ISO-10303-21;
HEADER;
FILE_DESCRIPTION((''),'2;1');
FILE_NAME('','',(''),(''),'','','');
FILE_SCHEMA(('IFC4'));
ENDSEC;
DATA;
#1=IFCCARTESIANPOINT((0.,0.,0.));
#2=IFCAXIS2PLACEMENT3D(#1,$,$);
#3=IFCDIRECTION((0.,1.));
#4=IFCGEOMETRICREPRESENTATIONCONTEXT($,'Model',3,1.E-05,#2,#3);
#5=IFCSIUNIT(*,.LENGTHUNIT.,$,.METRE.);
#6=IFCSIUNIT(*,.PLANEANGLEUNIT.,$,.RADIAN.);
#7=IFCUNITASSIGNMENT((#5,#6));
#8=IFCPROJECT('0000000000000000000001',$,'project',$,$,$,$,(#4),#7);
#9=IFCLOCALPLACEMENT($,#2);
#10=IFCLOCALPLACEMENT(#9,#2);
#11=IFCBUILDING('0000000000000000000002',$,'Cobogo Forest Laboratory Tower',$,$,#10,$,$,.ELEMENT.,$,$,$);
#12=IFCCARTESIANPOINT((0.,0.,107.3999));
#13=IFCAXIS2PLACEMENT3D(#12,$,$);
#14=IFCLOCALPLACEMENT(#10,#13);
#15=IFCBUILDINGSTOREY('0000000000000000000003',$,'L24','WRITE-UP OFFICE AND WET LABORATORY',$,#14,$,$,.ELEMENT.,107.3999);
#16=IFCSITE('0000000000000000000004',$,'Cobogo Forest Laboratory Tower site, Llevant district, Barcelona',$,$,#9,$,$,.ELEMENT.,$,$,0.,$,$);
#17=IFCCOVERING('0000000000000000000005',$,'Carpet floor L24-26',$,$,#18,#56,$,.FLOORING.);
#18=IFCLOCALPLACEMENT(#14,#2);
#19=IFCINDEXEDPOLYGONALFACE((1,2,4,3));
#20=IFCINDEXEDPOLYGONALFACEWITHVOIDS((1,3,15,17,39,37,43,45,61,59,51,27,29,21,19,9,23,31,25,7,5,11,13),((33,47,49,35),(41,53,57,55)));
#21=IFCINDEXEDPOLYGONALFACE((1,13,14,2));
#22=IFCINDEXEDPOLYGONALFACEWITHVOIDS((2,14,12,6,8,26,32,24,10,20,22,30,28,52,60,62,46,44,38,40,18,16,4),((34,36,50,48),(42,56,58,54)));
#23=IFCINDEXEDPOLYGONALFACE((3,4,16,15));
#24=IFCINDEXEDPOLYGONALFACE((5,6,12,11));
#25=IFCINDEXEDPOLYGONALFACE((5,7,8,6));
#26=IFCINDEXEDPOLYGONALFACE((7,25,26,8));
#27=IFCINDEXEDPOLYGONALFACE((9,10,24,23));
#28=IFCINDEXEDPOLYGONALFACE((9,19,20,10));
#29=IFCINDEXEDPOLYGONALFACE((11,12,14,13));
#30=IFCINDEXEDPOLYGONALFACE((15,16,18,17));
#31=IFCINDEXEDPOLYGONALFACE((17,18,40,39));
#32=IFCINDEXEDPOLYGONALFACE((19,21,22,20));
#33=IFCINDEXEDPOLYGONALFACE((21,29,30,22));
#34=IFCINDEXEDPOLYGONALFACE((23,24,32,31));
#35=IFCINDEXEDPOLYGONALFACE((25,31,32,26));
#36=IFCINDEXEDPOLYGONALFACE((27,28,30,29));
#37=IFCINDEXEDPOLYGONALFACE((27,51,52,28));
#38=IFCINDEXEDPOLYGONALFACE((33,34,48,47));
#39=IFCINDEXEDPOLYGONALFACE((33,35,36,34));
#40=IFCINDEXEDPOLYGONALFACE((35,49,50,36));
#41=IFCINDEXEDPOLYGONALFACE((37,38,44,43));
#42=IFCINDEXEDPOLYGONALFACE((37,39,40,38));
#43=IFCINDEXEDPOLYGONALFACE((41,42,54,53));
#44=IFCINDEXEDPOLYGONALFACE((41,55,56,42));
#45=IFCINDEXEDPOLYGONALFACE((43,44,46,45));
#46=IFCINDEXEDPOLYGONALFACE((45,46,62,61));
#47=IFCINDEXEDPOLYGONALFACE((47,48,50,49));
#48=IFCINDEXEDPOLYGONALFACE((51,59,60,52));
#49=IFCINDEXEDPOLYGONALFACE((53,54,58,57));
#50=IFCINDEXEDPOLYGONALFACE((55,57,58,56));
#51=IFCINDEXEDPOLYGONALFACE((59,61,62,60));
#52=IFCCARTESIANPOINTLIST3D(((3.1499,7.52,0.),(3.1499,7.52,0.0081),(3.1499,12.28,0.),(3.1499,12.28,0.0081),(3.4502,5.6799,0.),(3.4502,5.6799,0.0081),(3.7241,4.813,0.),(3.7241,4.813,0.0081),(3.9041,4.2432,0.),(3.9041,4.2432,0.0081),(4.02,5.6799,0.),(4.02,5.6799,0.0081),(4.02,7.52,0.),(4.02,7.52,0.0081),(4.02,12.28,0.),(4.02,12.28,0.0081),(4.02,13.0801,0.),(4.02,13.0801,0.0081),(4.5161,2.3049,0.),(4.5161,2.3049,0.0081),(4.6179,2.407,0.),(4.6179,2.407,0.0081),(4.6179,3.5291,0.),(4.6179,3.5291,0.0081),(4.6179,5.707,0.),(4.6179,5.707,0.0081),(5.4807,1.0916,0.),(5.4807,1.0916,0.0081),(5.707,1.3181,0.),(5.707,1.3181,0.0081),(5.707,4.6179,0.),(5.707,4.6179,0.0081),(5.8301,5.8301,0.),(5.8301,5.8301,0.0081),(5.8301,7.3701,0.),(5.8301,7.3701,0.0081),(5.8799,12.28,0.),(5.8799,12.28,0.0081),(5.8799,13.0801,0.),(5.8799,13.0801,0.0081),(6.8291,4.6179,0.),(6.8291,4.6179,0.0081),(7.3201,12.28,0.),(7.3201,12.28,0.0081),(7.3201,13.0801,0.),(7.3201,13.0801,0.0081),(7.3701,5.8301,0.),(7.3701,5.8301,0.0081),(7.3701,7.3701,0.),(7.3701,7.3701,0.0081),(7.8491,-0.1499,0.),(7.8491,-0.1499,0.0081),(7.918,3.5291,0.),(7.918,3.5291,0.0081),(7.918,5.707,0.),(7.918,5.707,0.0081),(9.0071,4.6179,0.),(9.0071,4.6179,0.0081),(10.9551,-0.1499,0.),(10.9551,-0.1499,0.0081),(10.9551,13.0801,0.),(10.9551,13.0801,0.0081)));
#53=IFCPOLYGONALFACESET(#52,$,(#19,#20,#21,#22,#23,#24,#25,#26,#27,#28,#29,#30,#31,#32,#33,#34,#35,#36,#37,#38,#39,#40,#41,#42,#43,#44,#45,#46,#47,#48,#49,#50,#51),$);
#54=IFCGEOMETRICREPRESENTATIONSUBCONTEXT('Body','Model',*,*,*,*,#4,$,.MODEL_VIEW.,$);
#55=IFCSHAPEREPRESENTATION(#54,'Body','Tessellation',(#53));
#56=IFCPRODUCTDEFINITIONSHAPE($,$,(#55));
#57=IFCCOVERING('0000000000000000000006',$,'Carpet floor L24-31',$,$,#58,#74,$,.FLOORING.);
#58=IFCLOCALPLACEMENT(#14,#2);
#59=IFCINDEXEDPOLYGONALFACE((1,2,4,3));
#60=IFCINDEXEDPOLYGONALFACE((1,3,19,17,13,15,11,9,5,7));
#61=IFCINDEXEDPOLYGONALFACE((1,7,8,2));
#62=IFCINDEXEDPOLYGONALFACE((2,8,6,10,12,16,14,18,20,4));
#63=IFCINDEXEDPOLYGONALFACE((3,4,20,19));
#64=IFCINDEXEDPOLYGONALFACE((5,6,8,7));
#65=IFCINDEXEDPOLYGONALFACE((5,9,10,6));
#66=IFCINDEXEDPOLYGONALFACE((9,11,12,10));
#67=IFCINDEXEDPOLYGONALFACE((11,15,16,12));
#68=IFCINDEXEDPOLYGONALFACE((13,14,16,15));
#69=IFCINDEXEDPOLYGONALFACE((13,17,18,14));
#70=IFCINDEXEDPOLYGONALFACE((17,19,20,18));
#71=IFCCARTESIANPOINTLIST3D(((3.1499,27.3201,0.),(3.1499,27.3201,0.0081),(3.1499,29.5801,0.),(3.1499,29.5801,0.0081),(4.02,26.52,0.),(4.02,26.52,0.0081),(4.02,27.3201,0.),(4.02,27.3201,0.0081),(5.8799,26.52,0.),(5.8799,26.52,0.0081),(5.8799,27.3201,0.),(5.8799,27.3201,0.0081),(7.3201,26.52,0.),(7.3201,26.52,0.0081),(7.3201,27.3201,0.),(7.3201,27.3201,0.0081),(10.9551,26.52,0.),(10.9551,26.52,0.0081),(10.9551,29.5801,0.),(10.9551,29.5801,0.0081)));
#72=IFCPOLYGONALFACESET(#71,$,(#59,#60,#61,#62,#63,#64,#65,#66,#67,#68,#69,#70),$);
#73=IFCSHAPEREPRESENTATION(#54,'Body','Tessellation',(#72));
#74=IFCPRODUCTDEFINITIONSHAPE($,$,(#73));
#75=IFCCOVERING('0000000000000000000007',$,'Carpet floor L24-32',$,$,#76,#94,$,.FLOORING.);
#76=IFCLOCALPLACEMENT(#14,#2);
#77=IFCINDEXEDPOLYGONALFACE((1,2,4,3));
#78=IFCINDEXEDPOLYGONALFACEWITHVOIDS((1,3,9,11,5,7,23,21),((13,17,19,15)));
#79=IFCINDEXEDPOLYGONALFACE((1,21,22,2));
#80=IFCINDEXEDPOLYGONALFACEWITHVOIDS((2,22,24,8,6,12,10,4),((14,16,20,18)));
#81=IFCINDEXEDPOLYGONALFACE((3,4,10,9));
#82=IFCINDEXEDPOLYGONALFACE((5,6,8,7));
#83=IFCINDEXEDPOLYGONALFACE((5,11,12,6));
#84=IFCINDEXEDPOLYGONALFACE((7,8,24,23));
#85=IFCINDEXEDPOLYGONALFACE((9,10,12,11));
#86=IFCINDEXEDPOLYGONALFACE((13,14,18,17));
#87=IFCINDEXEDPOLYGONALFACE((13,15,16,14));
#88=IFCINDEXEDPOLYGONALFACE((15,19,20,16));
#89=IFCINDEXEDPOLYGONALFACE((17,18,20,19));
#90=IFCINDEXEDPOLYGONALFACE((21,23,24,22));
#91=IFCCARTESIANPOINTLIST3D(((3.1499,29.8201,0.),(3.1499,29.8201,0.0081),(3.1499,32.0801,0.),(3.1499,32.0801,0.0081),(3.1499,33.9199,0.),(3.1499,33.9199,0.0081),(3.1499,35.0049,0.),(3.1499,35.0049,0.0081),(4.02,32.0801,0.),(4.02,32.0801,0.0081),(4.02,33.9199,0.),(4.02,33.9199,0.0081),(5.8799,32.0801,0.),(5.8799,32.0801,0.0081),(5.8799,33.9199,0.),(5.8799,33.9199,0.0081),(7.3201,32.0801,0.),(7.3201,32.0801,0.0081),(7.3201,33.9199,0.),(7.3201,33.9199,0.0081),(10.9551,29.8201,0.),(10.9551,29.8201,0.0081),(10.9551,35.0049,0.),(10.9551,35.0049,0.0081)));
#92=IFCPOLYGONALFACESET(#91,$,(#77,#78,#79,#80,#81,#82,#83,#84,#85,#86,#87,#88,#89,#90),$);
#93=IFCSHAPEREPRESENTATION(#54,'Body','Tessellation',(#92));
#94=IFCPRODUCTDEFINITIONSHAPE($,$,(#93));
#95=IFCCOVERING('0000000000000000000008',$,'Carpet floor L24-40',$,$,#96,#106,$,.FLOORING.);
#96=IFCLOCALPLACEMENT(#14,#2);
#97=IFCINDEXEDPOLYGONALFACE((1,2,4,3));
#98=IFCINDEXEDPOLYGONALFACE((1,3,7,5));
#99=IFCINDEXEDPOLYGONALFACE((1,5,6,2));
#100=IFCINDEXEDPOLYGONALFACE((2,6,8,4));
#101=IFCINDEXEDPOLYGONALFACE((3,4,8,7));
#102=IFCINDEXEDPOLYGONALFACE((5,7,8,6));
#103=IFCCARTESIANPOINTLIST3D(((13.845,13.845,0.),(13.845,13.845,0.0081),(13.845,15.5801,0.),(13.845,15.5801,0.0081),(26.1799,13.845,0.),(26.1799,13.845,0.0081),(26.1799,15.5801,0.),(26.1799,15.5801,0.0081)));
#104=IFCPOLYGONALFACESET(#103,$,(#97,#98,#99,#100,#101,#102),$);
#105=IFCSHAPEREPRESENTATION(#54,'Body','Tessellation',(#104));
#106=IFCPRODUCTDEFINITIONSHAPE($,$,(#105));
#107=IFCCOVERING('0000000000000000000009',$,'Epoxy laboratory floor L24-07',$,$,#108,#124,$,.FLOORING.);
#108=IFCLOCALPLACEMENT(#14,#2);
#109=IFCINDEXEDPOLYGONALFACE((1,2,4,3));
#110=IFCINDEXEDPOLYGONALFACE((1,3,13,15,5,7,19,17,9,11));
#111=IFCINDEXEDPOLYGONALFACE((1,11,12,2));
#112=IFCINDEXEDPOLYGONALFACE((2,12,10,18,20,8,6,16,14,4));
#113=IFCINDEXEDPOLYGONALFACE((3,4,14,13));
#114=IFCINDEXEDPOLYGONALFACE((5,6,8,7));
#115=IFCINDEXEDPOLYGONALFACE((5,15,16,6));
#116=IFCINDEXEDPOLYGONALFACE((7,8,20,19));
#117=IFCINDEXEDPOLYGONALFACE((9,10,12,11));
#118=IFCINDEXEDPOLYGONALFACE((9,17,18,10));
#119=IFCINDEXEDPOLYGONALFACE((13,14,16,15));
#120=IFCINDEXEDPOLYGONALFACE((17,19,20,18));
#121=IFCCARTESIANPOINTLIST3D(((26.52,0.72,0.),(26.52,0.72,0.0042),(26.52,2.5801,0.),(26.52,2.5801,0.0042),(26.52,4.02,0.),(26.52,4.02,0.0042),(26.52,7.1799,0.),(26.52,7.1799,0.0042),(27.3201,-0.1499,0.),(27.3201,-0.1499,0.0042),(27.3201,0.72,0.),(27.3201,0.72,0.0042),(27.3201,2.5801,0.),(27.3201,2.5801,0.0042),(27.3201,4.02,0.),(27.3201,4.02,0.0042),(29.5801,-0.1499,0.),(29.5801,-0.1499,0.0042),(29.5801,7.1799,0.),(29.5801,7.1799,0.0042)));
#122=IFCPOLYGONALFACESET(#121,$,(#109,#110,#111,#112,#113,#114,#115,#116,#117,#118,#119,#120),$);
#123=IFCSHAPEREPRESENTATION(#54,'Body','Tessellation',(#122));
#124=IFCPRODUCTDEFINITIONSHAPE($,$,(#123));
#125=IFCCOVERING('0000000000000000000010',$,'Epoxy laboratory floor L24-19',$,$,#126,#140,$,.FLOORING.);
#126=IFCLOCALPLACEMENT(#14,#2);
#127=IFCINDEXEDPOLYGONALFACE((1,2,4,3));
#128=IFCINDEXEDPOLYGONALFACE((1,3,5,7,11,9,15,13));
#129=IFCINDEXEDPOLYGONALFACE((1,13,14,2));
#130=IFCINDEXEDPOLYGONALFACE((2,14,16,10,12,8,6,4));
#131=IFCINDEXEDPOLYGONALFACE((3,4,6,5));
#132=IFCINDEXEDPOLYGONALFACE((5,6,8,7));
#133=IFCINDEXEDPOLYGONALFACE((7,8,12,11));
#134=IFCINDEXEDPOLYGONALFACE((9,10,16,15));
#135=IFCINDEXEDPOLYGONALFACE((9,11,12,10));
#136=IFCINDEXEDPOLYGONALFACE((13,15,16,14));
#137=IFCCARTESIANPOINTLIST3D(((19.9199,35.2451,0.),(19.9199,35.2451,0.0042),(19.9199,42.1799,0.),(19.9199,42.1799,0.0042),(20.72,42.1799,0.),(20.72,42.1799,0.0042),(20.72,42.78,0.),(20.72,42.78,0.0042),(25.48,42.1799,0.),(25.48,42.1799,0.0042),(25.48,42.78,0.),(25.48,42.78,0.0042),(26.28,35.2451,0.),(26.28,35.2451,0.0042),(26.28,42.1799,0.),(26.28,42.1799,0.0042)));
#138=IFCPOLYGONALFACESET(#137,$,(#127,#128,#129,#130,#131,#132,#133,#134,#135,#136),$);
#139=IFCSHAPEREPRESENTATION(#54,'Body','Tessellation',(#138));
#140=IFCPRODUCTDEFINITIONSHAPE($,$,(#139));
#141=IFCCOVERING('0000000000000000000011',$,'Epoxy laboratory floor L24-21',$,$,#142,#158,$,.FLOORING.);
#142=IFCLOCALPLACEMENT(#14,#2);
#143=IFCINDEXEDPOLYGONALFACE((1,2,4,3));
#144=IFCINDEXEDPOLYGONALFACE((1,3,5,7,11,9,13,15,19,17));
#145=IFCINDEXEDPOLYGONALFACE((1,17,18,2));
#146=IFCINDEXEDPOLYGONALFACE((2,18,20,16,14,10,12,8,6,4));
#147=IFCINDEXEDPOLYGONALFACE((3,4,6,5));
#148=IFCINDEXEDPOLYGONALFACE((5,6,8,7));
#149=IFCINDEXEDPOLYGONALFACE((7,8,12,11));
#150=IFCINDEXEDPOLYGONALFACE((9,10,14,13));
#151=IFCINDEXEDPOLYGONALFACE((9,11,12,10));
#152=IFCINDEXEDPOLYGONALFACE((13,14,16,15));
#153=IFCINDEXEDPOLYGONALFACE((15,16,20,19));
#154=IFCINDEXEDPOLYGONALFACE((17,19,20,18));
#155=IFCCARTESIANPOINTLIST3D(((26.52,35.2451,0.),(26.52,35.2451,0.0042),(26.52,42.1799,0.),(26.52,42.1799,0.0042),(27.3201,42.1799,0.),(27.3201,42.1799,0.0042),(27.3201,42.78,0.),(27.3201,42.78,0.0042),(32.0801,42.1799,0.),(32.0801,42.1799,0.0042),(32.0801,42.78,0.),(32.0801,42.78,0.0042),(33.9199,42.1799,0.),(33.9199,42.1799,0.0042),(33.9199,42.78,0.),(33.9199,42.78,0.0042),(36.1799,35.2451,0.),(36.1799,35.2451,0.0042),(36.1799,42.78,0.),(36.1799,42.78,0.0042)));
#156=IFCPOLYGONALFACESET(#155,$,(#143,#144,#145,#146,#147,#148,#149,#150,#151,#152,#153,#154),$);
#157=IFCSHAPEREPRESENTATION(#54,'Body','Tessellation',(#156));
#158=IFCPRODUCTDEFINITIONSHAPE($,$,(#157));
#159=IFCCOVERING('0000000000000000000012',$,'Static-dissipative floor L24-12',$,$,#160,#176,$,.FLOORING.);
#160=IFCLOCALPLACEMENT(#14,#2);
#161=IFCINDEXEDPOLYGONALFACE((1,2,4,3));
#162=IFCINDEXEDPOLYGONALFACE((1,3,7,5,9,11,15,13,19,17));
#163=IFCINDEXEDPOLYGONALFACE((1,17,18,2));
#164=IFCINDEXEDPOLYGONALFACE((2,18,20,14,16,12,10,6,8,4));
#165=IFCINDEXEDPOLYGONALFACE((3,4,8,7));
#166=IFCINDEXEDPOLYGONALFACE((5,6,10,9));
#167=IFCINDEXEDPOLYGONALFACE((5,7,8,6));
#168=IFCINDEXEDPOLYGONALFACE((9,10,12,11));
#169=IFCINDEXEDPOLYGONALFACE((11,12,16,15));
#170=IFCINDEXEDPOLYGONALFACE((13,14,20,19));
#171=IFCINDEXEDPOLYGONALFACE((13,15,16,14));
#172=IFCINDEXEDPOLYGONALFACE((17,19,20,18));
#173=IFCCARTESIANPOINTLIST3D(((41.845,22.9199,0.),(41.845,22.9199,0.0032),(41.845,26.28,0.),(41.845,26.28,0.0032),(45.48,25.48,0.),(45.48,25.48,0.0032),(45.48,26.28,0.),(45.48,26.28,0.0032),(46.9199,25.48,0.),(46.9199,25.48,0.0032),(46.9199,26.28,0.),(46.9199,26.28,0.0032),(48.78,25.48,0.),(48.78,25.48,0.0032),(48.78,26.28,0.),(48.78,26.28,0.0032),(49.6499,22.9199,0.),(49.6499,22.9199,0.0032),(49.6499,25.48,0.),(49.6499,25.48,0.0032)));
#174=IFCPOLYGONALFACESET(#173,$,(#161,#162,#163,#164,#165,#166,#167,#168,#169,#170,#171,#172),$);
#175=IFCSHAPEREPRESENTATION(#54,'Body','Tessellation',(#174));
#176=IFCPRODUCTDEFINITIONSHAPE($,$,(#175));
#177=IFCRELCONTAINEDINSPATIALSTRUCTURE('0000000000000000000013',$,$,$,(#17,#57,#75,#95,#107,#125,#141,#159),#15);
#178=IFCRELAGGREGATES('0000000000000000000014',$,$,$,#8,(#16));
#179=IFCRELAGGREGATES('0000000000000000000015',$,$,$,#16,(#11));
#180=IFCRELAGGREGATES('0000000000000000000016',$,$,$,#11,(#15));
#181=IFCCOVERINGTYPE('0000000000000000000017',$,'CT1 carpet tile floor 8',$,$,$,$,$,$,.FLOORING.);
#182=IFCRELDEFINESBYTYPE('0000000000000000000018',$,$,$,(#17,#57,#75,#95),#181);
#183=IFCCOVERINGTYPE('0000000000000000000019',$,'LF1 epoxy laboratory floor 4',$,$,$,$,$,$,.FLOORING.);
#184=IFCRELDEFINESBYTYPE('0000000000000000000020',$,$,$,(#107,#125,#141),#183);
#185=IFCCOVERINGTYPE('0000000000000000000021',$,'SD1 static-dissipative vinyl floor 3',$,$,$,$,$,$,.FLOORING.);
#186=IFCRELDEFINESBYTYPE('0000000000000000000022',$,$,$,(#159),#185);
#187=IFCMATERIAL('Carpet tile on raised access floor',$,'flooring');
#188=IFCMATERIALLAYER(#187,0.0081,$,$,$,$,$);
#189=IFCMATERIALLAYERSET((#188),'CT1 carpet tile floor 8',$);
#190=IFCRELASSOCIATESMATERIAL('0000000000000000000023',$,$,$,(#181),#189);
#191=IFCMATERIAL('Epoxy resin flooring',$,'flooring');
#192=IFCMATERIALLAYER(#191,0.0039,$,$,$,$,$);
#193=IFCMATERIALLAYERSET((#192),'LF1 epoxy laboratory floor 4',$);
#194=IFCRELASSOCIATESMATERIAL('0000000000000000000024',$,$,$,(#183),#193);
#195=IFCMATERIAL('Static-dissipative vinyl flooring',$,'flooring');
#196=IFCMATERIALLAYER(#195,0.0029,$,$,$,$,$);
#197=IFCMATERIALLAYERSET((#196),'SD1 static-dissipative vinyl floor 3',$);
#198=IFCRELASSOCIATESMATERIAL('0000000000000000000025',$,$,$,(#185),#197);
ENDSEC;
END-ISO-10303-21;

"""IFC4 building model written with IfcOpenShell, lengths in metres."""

from ifc_helpers import new_model, si_unit, direction, frame, origin, place, context, subcontext, project, spatial, polyline, outline, extrude, material, layer, layer_set, type_object, element, save


model = new_model("IFC4")

# Units and contexts
model_context = context("Model", 3, precision=1e-05, world=origin(), true_north=direction((0.0, 1.0)))
body_context = subcontext(model_context, "Body", "Model", "MODEL_VIEW")
ifc_project = project(units=[si_unit("LENGTHUNIT", "METRE"), si_unit("PLANEANGLEUNIT", "RADIAN")], contexts=[model_context])

# Site, building, storey
site_placement = place(None, origin())
site = spatial("IfcSite", under=ifc_project, at=site_placement, Name="Cobogo Forest Laboratory Tower site, Llevant district, Barcelona", CompositionType="ELEMENT", RefElevation=0.0)
building_placement = place(site_placement, origin())
building = spatial("IfcBuilding", under=site, at=building_placement, Name="Cobogo Forest Laboratory Tower", CompositionType="ELEMENT")
storey_placement = place(building_placement, frame((0.0, 0.0, 107.3999)))
storey = spatial("IfcBuildingStorey", under=building, at=storey_placement, Name="L24", Description="WRITE-UP OFFICE AND WET LABORATORY", CompositionType="ELEMENT", Elevation=107.3999)

# Coverings
ifc_material_1 = material(Name="Carpet tile on raised access floor", Category="flooring")
ifc_layer_1 = layer(ifc_material_1, 0.0081)
ifc_layer_set_1 = layer_set([ifc_layer_1], Name="CT1 carpet tile floor 8")
covering_type_1 = type_object("IfcCoveringType", Name="CT1 carpet tile floor 8", PredefinedType="FLOORING", material=ifc_layer_set_1)
covering_1_placement = place(storey_placement, origin())
element("IfcCovering", 1, at=covering_1_placement, inside=storey, type_object=covering_type_1, Name="Carpet floor L24-26", PredefinedType="FLOORING", context=body_context, shape_type="SweptSolid", body=[
    extrude(outline(polyline([(3.9041, 4.2432), (4.6179, 3.5291), (5.707, 4.6179), (4.6179, 5.707), (3.7241, 4.813), (3.4502, 5.6799), (4.02, 5.6799), (4.02, 7.52), (3.1499, 7.52), (3.1499, 12.28), (4.02, 12.28), (4.02, 13.0801), (5.8799, 13.0801), (5.8799, 12.28), (7.3201, 12.28), (7.3201, 13.0801), (10.9551, 13.0801), (10.9551, -0.1499), (7.8491, -0.1499), (5.4807, 1.0916), (5.707, 1.3181), (4.6179, 2.407), (4.5161, 2.3049), (3.9041, 4.2432)]), holes=[polyline([(6.8291, 4.6179), (7.918, 3.5291), (9.0071, 4.6179), (7.918, 5.707), (6.8291, 4.6179)]), polyline([(5.8301, 7.3701), (5.8301, 5.8301), (7.3701, 5.8301), (7.3701, 7.3701), (5.8301, 7.3701)])]), origin(), (0.0, 0.0, 1.0), 0.0081),
])
covering_2_placement = place(storey_placement, origin())
element("IfcCovering", 2, at=covering_2_placement, inside=storey, type_object=covering_type_1, Name="Carpet floor L24-31", PredefinedType="FLOORING", context=body_context, shape_type="SweptSolid", body=[
    extrude(outline(polyline([(10.9551, 26.52), (7.3201, 26.52), (7.3201, 27.3201), (5.8799, 27.3201), (5.8799, 26.52), (4.02, 26.52), (4.02, 27.3201), (3.1499, 27.3201), (3.1499, 29.5801), (10.9551, 29.5801), (10.9551, 26.52)])), origin(), (0.0, 0.0, 1.0), 0.0081),
])
covering_3_placement = place(storey_placement, origin())
element("IfcCovering", 3, at=covering_3_placement, inside=storey, type_object=covering_type_1, Name="Carpet floor L24-32", PredefinedType="FLOORING", context=body_context, shape_type="SweptSolid", body=[
    extrude(outline(polyline([(10.9551, 29.8201), (3.1499, 29.8201), (3.1499, 32.0801), (4.02, 32.0801), (4.02, 33.9199), (3.1499, 33.9199), (3.1499, 35.0049), (10.9551, 35.0049), (10.9551, 29.8201)]), holes=[polyline([(5.8799, 32.0801), (7.3201, 32.0801), (7.3201, 33.9199), (5.8799, 33.9199), (5.8799, 32.0801)])]), origin(), (0.0, 0.0, 1.0), 0.0081),
])
covering_4_placement = place(storey_placement, origin())
element("IfcCovering", 4, at=covering_4_placement, inside=storey, type_object=covering_type_1, Name="Carpet floor L24-40", PredefinedType="FLOORING", context=body_context, shape_type="SweptSolid", body=[
    extrude(outline(polyline([(26.1799, 13.845), (13.845, 13.845), (13.845, 15.5801), (26.1799, 15.5801), (26.1799, 13.845)])), origin(), (0.0, 0.0, 1.0), 0.0081),
])
ifc_material_2 = material(Name="Epoxy resin flooring", Category="flooring")
ifc_layer_2 = layer(ifc_material_2, 0.0039)
ifc_layer_set_2 = layer_set([ifc_layer_2], Name="LF1 epoxy laboratory floor 4")
covering_type_2 = type_object("IfcCoveringType", Name="LF1 epoxy laboratory floor 4", PredefinedType="FLOORING", material=ifc_layer_set_2)
covering_5_placement = place(storey_placement, origin())
element("IfcCovering", 5, at=covering_5_placement, inside=storey, type_object=covering_type_2, Name="Epoxy laboratory floor L24-07", PredefinedType="FLOORING", context=body_context, shape_type="SweptSolid", body=[
    extrude(outline(polyline([(29.5801, 7.1799), (29.5801, -0.1499), (27.3201, -0.1499), (27.3201, 0.72), (26.52, 0.72), (26.52, 2.5801), (27.3201, 2.5801), (27.3201, 4.02), (26.52, 4.02), (26.52, 7.1799), (29.5801, 7.1799)])), origin(), (0.0, 0.0, 1.0), 0.0042),
])
covering_6_placement = place(storey_placement, origin())
element("IfcCovering", 6, at=covering_6_placement, inside=storey, type_object=covering_type_2, Name="Epoxy laboratory floor L24-19", PredefinedType="FLOORING", context=body_context, shape_type="SweptSolid", body=[
    extrude(outline(polyline([(19.9199, 42.1799), (20.72, 42.1799), (20.72, 42.78), (25.48, 42.78), (25.48, 42.1799), (26.28, 42.1799), (26.28, 35.2451), (19.9199, 35.2451), (19.9199, 42.1799)])), origin(), (0.0, 0.0, 1.0), 0.0042),
])
covering_7_placement = place(storey_placement, origin())
element("IfcCovering", 7, at=covering_7_placement, inside=storey, type_object=covering_type_2, Name="Epoxy laboratory floor L24-21", PredefinedType="FLOORING", context=body_context, shape_type="SweptSolid", body=[
    extrude(outline(polyline([(26.52, 42.1799), (27.3201, 42.1799), (27.3201, 42.78), (32.0801, 42.78), (32.0801, 42.1799), (33.9199, 42.1799), (33.9199, 42.78), (36.1799, 42.78), (36.1799, 35.2451), (26.52, 35.2451), (26.52, 42.1799)])), origin(), (0.0, 0.0, 1.0), 0.0042),
])
ifc_material_3 = material(Name="Static-dissipative vinyl flooring", Category="flooring")
ifc_layer_3 = layer(ifc_material_3, 0.0029)
ifc_layer_set_3 = layer_set([ifc_layer_3], Name="SD1 static-dissipative vinyl floor 3")
covering_type_3 = type_object("IfcCoveringType", Name="SD1 static-dissipative vinyl floor 3", PredefinedType="FLOORING", material=ifc_layer_set_3)
covering_8_placement = place(storey_placement, origin())
element("IfcCovering", 8, at=covering_8_placement, inside=storey, type_object=covering_type_3, Name="Static-dissipative floor L24-12", PredefinedType="FLOORING", context=body_context, shape_type="SweptSolid", body=[
    extrude(outline(polyline([(41.845, 26.28), (45.48, 26.28), (45.48, 25.48), (46.9199, 25.48), (46.9199, 26.28), (48.78, 26.28), (48.78, 25.48), (49.6499, 25.48), (49.6499, 22.9199), (41.845, 22.9199), (41.845, 26.28)])), origin(), (0.0, 0.0, 1.0), 0.0032),
])

save(model, "model.ifc")
